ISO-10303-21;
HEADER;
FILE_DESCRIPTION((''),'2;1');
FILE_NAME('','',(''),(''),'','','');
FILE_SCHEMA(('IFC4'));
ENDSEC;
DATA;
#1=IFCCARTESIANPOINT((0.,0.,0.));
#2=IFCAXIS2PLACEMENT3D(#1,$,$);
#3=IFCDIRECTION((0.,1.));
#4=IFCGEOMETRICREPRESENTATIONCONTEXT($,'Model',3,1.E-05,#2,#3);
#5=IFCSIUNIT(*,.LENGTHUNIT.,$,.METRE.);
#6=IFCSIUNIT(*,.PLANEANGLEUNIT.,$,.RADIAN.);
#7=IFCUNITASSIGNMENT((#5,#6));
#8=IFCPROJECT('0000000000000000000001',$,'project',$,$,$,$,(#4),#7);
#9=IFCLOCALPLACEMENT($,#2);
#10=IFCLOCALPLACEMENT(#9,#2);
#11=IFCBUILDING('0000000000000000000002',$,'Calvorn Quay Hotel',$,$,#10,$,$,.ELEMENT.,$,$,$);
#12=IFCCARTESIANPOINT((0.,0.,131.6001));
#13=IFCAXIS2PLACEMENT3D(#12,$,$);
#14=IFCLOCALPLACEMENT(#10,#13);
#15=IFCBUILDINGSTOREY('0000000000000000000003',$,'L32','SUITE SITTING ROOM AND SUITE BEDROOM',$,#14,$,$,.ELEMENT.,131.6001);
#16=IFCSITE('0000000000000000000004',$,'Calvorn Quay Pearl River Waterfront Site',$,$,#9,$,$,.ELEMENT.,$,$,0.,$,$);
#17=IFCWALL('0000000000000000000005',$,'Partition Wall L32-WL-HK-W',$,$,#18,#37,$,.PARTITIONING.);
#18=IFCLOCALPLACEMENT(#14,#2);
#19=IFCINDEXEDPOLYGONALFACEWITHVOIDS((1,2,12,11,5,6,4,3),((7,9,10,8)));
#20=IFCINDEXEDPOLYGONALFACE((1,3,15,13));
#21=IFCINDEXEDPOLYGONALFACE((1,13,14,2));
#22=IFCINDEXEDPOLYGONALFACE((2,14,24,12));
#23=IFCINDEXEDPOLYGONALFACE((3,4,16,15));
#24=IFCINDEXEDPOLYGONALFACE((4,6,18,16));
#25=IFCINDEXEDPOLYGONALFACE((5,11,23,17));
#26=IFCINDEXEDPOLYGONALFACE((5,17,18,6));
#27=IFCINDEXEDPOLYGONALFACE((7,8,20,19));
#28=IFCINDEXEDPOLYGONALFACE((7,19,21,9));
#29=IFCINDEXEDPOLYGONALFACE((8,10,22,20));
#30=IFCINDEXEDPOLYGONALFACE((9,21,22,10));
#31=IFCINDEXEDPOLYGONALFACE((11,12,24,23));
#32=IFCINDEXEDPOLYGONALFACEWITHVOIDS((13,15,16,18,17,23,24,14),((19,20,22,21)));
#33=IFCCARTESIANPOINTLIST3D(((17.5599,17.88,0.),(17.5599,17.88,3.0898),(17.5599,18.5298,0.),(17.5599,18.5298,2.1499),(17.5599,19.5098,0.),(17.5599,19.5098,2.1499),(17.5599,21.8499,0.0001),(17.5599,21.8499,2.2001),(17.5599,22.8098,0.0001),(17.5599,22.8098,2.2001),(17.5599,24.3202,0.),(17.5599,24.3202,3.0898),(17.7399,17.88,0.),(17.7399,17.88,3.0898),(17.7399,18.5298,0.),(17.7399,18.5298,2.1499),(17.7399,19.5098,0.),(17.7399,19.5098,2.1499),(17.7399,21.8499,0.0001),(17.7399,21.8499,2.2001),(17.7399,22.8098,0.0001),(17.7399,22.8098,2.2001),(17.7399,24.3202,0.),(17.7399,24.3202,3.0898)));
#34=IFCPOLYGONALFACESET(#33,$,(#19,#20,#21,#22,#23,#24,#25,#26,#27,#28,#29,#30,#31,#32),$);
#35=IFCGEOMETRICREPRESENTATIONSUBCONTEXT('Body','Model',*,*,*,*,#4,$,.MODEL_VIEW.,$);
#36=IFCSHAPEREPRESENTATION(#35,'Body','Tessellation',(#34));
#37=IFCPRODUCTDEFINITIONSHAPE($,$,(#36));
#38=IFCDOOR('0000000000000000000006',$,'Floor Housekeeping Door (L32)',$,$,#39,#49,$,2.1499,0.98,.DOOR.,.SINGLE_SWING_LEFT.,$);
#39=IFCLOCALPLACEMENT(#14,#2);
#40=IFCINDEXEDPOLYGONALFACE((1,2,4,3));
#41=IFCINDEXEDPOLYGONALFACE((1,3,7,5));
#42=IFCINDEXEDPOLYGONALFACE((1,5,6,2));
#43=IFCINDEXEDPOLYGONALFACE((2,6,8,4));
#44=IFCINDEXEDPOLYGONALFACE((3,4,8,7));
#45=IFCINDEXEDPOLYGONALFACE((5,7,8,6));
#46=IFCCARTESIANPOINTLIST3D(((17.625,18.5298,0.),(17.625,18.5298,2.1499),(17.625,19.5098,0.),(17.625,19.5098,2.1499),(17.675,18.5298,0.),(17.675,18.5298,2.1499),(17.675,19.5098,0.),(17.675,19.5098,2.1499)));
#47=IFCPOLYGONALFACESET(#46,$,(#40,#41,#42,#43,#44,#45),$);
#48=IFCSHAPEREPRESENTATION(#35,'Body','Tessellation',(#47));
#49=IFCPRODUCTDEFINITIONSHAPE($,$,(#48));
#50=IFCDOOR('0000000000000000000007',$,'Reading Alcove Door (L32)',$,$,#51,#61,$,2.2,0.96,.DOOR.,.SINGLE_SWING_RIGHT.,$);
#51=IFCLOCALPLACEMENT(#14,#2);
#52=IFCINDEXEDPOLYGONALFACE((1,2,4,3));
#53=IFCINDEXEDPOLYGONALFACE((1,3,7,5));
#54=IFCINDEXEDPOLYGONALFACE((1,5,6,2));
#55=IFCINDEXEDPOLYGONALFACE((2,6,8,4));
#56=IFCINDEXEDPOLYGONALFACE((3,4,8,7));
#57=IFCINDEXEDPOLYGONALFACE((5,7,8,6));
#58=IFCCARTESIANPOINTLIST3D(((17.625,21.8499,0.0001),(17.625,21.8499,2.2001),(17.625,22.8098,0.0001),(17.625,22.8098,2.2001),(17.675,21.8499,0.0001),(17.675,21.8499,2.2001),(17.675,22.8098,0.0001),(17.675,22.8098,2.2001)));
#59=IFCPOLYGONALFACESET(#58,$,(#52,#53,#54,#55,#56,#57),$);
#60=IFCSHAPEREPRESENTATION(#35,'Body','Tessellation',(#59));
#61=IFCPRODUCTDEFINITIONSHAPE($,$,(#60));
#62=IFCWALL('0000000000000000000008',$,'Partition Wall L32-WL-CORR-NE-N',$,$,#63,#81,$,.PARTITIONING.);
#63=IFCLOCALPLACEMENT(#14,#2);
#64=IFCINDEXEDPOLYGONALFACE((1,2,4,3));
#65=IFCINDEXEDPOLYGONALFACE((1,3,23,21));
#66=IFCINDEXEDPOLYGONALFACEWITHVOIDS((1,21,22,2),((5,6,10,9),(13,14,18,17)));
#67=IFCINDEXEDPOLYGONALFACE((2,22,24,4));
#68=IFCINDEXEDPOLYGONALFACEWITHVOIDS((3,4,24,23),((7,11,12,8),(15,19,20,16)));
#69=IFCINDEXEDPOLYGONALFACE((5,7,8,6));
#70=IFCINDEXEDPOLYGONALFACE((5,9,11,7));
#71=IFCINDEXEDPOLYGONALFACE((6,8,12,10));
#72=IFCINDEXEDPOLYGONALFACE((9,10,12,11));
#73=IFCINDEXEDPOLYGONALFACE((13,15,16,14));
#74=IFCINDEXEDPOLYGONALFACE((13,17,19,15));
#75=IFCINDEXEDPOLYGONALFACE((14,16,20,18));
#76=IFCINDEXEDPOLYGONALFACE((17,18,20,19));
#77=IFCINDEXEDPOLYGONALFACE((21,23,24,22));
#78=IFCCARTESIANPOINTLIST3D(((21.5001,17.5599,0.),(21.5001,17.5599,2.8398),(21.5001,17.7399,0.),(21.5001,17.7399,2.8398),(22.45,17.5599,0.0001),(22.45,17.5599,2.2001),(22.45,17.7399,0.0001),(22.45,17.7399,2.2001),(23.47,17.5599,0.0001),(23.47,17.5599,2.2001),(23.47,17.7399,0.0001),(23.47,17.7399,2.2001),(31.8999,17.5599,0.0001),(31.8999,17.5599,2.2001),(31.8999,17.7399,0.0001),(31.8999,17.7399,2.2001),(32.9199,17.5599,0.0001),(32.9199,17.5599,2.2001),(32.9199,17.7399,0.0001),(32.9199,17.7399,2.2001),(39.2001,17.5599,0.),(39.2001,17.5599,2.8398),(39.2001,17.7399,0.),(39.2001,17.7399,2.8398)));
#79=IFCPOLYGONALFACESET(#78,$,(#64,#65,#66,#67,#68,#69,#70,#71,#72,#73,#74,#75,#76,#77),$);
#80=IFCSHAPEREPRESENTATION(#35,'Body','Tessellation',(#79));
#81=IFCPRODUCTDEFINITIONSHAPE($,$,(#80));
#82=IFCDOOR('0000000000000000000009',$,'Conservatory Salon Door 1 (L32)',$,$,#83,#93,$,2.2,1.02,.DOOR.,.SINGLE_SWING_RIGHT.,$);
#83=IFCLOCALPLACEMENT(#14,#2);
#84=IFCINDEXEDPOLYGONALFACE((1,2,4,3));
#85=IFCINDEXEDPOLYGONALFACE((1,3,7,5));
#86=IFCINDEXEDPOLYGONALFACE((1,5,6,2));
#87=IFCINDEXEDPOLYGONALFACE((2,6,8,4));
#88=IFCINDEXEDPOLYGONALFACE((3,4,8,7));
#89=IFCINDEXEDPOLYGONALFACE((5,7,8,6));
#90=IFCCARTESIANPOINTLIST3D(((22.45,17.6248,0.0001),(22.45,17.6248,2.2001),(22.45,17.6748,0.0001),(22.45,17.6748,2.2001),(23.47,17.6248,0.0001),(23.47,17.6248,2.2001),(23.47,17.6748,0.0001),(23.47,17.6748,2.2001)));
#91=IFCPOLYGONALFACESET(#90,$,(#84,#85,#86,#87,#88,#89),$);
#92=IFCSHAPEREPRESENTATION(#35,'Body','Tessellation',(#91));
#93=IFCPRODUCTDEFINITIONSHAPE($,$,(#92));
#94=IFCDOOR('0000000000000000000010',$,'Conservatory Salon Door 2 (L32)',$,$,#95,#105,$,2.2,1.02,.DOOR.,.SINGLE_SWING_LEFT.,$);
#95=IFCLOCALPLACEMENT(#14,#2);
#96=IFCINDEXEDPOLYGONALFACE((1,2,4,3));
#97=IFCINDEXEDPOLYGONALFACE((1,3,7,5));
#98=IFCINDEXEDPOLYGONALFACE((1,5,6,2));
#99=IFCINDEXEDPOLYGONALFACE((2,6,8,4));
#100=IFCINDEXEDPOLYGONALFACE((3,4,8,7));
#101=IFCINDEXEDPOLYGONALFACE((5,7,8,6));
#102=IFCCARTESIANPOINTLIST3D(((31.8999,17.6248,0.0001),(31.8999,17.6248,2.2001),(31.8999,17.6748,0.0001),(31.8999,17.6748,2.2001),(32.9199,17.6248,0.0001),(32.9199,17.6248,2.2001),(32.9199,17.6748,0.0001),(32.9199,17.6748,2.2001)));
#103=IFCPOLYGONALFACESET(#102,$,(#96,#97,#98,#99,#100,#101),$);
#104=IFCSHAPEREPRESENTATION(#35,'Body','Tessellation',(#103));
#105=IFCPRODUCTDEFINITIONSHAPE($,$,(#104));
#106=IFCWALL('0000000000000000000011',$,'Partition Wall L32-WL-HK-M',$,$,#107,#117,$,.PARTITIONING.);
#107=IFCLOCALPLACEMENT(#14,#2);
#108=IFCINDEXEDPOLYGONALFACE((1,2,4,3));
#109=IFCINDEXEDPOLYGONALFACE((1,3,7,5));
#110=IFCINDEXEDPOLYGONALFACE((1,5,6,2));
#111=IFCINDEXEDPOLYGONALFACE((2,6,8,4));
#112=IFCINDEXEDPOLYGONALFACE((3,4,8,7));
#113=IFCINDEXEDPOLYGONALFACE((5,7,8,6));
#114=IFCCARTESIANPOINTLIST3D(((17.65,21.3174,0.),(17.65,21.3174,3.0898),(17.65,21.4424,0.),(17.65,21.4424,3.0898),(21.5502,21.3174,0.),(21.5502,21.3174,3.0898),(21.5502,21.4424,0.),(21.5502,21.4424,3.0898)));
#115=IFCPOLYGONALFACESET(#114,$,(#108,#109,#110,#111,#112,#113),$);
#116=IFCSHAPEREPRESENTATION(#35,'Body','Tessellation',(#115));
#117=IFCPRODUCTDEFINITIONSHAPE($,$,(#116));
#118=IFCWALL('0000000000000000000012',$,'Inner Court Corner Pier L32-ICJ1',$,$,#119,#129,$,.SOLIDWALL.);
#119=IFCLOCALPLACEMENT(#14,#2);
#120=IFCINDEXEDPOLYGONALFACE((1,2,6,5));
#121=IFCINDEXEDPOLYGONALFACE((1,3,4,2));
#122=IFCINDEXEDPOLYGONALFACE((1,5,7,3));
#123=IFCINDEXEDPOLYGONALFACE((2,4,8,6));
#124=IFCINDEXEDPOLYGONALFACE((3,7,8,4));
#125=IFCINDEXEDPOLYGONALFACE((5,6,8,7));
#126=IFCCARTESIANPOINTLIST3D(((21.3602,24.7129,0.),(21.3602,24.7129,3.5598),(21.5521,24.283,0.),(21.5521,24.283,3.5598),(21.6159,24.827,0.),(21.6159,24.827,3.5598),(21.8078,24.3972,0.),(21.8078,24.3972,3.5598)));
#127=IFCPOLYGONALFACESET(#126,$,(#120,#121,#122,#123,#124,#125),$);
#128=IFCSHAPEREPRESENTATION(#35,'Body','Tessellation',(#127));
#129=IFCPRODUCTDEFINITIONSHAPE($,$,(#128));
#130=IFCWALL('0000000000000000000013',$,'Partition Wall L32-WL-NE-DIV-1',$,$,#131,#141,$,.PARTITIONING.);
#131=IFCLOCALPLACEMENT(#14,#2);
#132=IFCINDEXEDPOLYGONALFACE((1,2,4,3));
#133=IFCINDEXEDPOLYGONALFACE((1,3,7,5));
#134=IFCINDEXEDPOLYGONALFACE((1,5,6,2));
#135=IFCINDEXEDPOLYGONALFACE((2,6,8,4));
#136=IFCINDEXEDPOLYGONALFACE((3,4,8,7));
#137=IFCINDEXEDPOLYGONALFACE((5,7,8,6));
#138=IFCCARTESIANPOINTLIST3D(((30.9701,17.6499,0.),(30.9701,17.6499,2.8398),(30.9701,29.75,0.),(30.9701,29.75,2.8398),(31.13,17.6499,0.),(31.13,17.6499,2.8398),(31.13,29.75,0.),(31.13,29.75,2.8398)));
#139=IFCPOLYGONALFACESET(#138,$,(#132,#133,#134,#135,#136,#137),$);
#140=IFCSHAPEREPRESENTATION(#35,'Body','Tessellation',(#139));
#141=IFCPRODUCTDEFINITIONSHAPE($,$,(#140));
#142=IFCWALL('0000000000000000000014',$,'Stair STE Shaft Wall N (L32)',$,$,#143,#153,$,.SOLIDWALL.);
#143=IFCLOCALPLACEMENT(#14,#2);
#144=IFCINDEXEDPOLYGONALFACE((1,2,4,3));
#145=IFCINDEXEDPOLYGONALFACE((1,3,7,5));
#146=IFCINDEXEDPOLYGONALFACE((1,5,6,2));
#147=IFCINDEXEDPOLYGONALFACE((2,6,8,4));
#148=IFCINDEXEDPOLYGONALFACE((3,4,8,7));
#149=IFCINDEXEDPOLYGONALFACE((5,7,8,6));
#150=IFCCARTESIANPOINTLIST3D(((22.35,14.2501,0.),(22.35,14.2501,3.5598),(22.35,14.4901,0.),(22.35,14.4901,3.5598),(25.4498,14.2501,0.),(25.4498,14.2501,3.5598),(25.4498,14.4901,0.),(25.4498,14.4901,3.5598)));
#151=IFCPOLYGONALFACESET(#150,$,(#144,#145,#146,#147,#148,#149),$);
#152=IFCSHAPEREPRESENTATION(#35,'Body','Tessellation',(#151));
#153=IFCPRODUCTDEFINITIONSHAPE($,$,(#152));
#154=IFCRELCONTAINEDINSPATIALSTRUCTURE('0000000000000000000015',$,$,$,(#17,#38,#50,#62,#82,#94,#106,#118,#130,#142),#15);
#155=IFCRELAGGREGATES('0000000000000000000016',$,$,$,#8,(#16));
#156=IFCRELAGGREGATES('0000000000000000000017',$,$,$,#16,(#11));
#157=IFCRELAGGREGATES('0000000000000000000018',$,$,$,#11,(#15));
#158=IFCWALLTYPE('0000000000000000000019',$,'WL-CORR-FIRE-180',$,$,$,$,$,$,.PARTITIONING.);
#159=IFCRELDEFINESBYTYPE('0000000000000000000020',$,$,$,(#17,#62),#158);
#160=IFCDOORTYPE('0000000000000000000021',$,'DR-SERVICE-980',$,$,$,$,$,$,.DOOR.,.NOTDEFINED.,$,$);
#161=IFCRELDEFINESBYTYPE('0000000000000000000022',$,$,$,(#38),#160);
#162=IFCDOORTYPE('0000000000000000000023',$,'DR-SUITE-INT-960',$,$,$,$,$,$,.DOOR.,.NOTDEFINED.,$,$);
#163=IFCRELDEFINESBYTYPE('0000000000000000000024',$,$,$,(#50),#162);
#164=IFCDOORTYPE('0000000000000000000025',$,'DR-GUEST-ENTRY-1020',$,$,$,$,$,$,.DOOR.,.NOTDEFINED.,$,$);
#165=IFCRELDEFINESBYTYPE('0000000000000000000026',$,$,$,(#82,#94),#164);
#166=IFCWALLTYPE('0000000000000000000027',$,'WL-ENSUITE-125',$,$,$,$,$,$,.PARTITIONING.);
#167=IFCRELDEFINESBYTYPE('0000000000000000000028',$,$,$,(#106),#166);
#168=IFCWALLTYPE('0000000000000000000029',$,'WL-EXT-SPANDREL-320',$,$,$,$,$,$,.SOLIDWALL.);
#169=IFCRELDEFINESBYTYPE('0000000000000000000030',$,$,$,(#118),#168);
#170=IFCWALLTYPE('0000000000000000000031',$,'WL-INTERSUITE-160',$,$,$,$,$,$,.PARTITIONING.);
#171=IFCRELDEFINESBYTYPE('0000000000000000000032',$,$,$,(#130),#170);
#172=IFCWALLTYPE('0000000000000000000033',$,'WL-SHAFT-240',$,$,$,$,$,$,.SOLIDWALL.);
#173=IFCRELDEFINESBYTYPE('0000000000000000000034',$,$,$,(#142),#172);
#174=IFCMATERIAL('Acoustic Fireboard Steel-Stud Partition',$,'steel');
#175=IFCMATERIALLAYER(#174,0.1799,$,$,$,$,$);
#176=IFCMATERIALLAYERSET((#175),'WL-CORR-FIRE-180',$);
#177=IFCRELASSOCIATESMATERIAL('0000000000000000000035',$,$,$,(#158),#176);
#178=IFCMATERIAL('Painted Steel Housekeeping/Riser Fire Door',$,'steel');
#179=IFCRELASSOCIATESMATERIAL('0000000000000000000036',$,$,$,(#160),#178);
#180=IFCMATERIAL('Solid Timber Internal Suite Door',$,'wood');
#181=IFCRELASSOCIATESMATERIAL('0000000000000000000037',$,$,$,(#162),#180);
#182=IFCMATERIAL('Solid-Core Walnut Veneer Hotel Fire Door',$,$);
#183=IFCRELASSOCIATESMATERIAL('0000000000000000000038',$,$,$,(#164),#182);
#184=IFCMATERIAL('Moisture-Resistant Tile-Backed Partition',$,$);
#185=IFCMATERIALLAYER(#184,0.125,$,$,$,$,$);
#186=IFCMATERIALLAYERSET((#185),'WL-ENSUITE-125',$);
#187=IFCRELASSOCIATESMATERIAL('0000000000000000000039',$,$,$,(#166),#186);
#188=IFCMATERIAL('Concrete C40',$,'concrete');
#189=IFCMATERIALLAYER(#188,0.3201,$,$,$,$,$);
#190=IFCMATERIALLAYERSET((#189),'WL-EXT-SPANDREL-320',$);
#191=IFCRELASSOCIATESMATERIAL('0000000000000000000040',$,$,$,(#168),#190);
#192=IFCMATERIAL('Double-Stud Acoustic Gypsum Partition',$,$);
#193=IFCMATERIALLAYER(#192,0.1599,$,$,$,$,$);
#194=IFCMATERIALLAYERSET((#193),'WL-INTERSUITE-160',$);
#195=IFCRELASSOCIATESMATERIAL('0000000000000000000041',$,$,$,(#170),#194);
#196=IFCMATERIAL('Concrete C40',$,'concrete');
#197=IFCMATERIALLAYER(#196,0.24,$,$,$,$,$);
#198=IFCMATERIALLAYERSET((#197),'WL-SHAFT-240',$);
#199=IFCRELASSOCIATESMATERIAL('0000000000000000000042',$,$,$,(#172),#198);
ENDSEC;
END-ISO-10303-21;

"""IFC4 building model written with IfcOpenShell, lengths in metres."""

from ifc_helpers import new_model, si_unit, direction, frame, frame_2d, origin, place, context, subcontext, project, spatial, rectangle, extrude, material, layer, layer_set, type_object, element, fill, save


model = new_model("IFC4")

# Units and contexts
model_context = context("Model", 3, precision=1e-05, world=origin(), true_north=direction((0.0, 1.0)))
body_context = subcontext(model_context, "Body", "Model", "MODEL_VIEW")
ifc_project = project(units=[si_unit("LENGTHUNIT", "METRE"), si_unit("PLANEANGLEUNIT", "RADIAN")], contexts=[model_context])

# Site, building, storey
site_placement = place(None, origin())
site = spatial("IfcSite", under=ifc_project, at=site_placement, Name="Calvorn Quay Pearl River Waterfront Site", CompositionType="ELEMENT", RefElevation=0.0)
building_placement = place(site_placement, origin())
building = spatial("IfcBuilding", under=site, at=building_placement, Name="Calvorn Quay Hotel", CompositionType="ELEMENT")
storey_placement = place(building_placement, frame((0.0, 0.0, 131.6001)))
storey = spatial("IfcBuildingStorey", under=building, at=storey_placement, Name="L32", Description="SUITE SITTING ROOM AND SUITE BEDROOM", CompositionType="ELEMENT", Elevation=131.6001)

# Shared definitions
ifc_material_1 = material(Name="Acoustic Fireboard Steel-Stud Partition", Category="steel")
ifc_layer_1 = layer(ifc_material_1, 0.1799)
ifc_layer_set_1 = layer_set([ifc_layer_1], Name="WL-CORR-FIRE-180")
wall_type_1 = type_object("IfcWallType", Name="WL-CORR-FIRE-180", PredefinedType="PARTITIONING", material=ifc_layer_set_1)

# Walls, openings, doors
wall_1_placement = place(storey_placement, frame((17.6499, 17.8799, 0.0), z_axis=(0.0, 0.0, 1.0), x_axis=(0.0, 1.0, 0.0)))
wall_1 = element("IfcWall", 1, at=wall_1_placement, inside=storey, type_object=wall_type_1, Name="Partition Wall L32-WL-HK-W", PredefinedType="PARTITIONING", context=body_context, shape_type="SweptSolid", body=[
    extrude(rectangle(XDim=6.4402, YDim=0.1799, at=frame_2d((3.2202, 0.0))), origin(), (0.0, 0.0, 1.0), 3.0898),
])
opening_1_placement = place(wall_1_placement, frame((0.6499, 0.0, 0.0)))
opening_1 = element("IfcOpeningElement", 2, at=opening_1_placement, cuts=wall_1, PredefinedType="OPENING", context=body_context, shape_type="SweptSolid", body=[
    extrude(rectangle(XDim=0.98, YDim=2.1499, at=frame_2d((0.49, 1.075))), frame((0.0, 0.0999, 0.0), z_axis=(0.0, -1.0, 0.0), x_axis=(1.0, 0.0, 0.0)), (0.0, 0.0, 1.0), 0.2),
])
opening_2_placement = place(wall_1_placement, frame((3.97, 0.0, 0.0)))
opening_2 = element("IfcOpeningElement", 3, at=opening_2_placement, cuts=wall_1, PredefinedType="OPENING", context=body_context, shape_type="SweptSolid", body=[
    extrude(rectangle(XDim=0.96, YDim=2.2, at=frame_2d((0.48, 1.1001))), frame((0.0, 0.0999, 0.0), z_axis=(0.0, -1.0, 0.0), x_axis=(1.0, 0.0, 0.0)), (0.0, 0.0, 1.0), 0.2),
])
ifc_material_2 = material(Name="Painted Steel Housekeeping/Riser Fire Door", Category="steel")
door_type_1 = type_object("IfcDoorType", Name="DR-SERVICE-980", OperationType="NOTDEFINED", PredefinedType="DOOR", material=ifc_material_2)
door_1_placement = place(opening_1_placement, origin())
door_1 = element("IfcDoor", 4, at=door_1_placement, inside=storey, type_object=door_type_1, Name="Floor Housekeeping Door (L32)", OperationType="SINGLE_SWING_LEFT", OverallHeight=2.1499, OverallWidth=0.98, PredefinedType="DOOR", context=body_context, shape_type="SweptSolid", body=[
    extrude(rectangle(XDim=0.98, YDim=2.1499, at=frame_2d((0.49, 1.075))), frame((0.0, 0.0249, 0.0), z_axis=(0.0, -1.0, 0.0), x_axis=(1.0, 0.0, 0.0)), (0.0, 0.0, 1.0), 0.05),
])
fill(opening_1, door_1)
ifc_material_3 = material(Name="Solid Timber Internal Suite Door", Category="wood")
door_type_2 = type_object("IfcDoorType", Name="DR-SUITE-INT-960", OperationType="NOTDEFINED", PredefinedType="DOOR", material=ifc_material_3)
door_2_placement = place(opening_2_placement, origin())
door_2 = element("IfcDoor", 5, at=door_2_placement, inside=storey, type_object=door_type_2, Name="Reading Alcove Door (L32)", OperationType="SINGLE_SWING_RIGHT", OverallHeight=2.2, OverallWidth=0.96, PredefinedType="DOOR", context=body_context, shape_type="SweptSolid", body=[
    extrude(rectangle(XDim=0.96, YDim=2.2, at=frame_2d((0.48, 1.1001))), frame((0.0, 0.0249, 0.0), z_axis=(0.0, -1.0, 0.0), x_axis=(1.0, 0.0, 0.0)), (0.0, 0.0, 1.0), 0.05),
])
fill(opening_2, door_2)
wall_2_placement = place(storey_placement, frame((21.5, 17.6499, 0.0), z_axis=(0.0, 0.0, 1.0), x_axis=(1.0, 0.0, 0.0)))
wall_2 = element("IfcWall", 6, at=wall_2_placement, inside=storey, type_object=wall_type_1, Name="Partition Wall L32-WL-CORR-NE-N", PredefinedType="PARTITIONING", context=body_context, shape_type="SweptSolid", body=[
    extrude(rectangle(XDim=17.7, YDim=0.1799, at=frame_2d((8.8501, 0.0))), origin(), (0.0, 0.0, 1.0), 2.8398),
])
opening_3_placement = place(wall_2_placement, frame((0.95, 0.0, 0.0)))
opening_3 = element("IfcOpeningElement", 7, at=opening_3_placement, cuts=wall_2, PredefinedType="OPENING", context=body_context, shape_type="SweptSolid", body=[
    extrude(rectangle(XDim=1.02, YDim=2.2, at=frame_2d((0.51, 1.1001))), frame((0.0, 0.0999, 0.0), z_axis=(0.0, -1.0, 0.0), x_axis=(1.0, 0.0, 0.0)), (0.0, 0.0, 1.0), 0.2),
])
opening_4_placement = place(wall_2_placement, frame((10.3999, 0.0, 0.0)))
opening_4 = element("IfcOpeningElement", 8, at=opening_4_placement, cuts=wall_2, PredefinedType="OPENING", context=body_context, shape_type="SweptSolid", body=[
    extrude(rectangle(XDim=1.02, YDim=2.2, at=frame_2d((0.51, 1.1001))), frame((0.0, 0.0999, 0.0), z_axis=(0.0, -1.0, 0.0), x_axis=(1.0, 0.0, 0.0)), (0.0, 0.0, 1.0), 0.2),
])
ifc_material_4 = material(Name="Solid-Core Walnut Veneer Hotel Fire Door")
door_type_3 = type_object("IfcDoorType", Name="DR-GUEST-ENTRY-1020", OperationType="NOTDEFINED", PredefinedType="DOOR", material=ifc_material_4)
door_3_placement = place(opening_3_placement, origin())
door_3 = element("IfcDoor", 9, at=door_3_placement, inside=storey, type_object=door_type_3, Name="Conservatory Salon Door 1 (L32)", OperationType="SINGLE_SWING_RIGHT", OverallHeight=2.2, OverallWidth=1.02, PredefinedType="DOOR", context=body_context, shape_type="SweptSolid", body=[
    extrude(rectangle(XDim=1.02, YDim=2.2, at=frame_2d((0.51, 1.1001))), frame((0.0, 0.0249, 0.0), z_axis=(0.0, -1.0, 0.0), x_axis=(1.0, 0.0, 0.0)), (0.0, 0.0, 1.0), 0.05),
])
fill(opening_3, door_3)
door_4_placement = place(opening_4_placement, origin())
door_4 = element("IfcDoor", 10, at=door_4_placement, inside=storey, type_object=door_type_3, Name="Conservatory Salon Door 2 (L32)", OperationType="SINGLE_SWING_LEFT", OverallHeight=2.2, OverallWidth=1.02, PredefinedType="DOOR", context=body_context, shape_type="SweptSolid", body=[
    extrude(rectangle(XDim=1.02, YDim=2.2, at=frame_2d((0.51, 1.1001))), frame((0.0, 0.0249, 0.0), z_axis=(0.0, -1.0, 0.0), x_axis=(1.0, 0.0, 0.0)), (0.0, 0.0, 1.0), 0.05),
])
fill(opening_4, door_4)

# Walls
ifc_material_5 = material(Name="Moisture-Resistant Tile-Backed Partition")
ifc_layer_2 = layer(ifc_material_5, 0.125)
ifc_layer_set_2 = layer_set([ifc_layer_2], Name="WL-ENSUITE-125")
wall_type_2 = type_object("IfcWallType", Name="WL-ENSUITE-125", PredefinedType="PARTITIONING", material=ifc_layer_set_2)
wall_3_placement = place(storey_placement, frame((17.6499, 21.3799, 0.0), z_axis=(0.0, 0.0, 1.0), x_axis=(1.0, 0.0, 0.0)))
element("IfcWall", 11, at=wall_3_placement, inside=storey, type_object=wall_type_2, Name="Partition Wall L32-WL-HK-M", PredefinedType="PARTITIONING", context=body_context, shape_type="SweptSolid", body=[
    extrude(rectangle(XDim=3.9001, YDim=0.125, at=frame_2d((1.9502, 0.0))), origin(), (0.0, 0.0, 1.0), 3.0898),
])
ifc_material_6 = material(Name="Concrete C40", Category="concrete")
ifc_layer_3 = layer(ifc_material_6, 0.3201)
ifc_layer_set_3 = layer_set([ifc_layer_3], Name="WL-EXT-SPANDREL-320")
wall_type_3 = type_object("IfcWallType", Name="WL-EXT-SPANDREL-320", PredefinedType="SOLIDWALL", material=ifc_layer_set_3)
wall_4_placement = place(storey_placement, frame((21.6799, 24.3401, 0.0), z_axis=(0.0, 0.0, 1.0), x_axis=(-0.407581, 0.913169, 0.0)))
element("IfcWall", 12, at=wall_4_placement, inside=storey, type_object=wall_type_3, Name="Inner Court Corner Pier L32-ICJ1", PredefinedType="SOLIDWALL", context=body_context, shape_type="SweptSolid", body=[
    extrude(rectangle(XDim=0.4707, YDim=0.28, at=frame_2d((0.2354, 0.0))), origin(), (0.0, 0.0, 1.0), 3.5598),
])
ifc_material_7 = material(Name="Double-Stud Acoustic Gypsum Partition")
ifc_layer_4 = layer(ifc_material_7, 0.1599)
ifc_layer_set_4 = layer_set([ifc_layer_4], Name="WL-INTERSUITE-160")
wall_type_4 = type_object("IfcWallType", Name="WL-INTERSUITE-160", PredefinedType="PARTITIONING", material=ifc_layer_set_4)
wall_5_placement = place(storey_placement, frame((31.05, 17.6499, 0.0), z_axis=(0.0, 0.0, 1.0), x_axis=(0.0, 1.0, 0.0)))
element("IfcWall", 13, at=wall_5_placement, inside=storey, type_object=wall_type_4, Name="Partition Wall L32-WL-NE-DIV-1", PredefinedType="PARTITIONING", context=body_context, shape_type="SweptSolid", body=[
    extrude(rectangle(XDim=12.1001, YDim=0.1599, at=frame_2d((6.05, 0.0))), origin(), (0.0, 0.0, 1.0), 2.8398),
])
ifc_material_8 = material(Name="Concrete C40", Category="concrete")
ifc_layer_5 = layer(ifc_material_8, 0.24)
ifc_layer_set_5 = layer_set([ifc_layer_5], Name="WL-SHAFT-240")
wall_type_5 = type_object("IfcWallType", Name="WL-SHAFT-240", PredefinedType="SOLIDWALL", material=ifc_layer_set_5)
wall_6_placement = place(storey_placement, frame((22.3501, 14.3701, 0.0), z_axis=(0.0, 0.0, 1.0), x_axis=(1.0, 0.0, 0.0)))
element("IfcWall", 14, at=wall_6_placement, inside=storey, type_object=wall_type_5, Name="Stair STE Shaft Wall N (L32)", PredefinedType="SOLIDWALL", context=body_context, shape_type="SweptSolid", body=[
    extrude(rectangle(XDim=3.0999, YDim=0.24, at=frame_2d((1.5498, 0.0))), origin(), (0.0, 0.0, 1.0), 3.5598),
])

save(model, "model.ifc")
